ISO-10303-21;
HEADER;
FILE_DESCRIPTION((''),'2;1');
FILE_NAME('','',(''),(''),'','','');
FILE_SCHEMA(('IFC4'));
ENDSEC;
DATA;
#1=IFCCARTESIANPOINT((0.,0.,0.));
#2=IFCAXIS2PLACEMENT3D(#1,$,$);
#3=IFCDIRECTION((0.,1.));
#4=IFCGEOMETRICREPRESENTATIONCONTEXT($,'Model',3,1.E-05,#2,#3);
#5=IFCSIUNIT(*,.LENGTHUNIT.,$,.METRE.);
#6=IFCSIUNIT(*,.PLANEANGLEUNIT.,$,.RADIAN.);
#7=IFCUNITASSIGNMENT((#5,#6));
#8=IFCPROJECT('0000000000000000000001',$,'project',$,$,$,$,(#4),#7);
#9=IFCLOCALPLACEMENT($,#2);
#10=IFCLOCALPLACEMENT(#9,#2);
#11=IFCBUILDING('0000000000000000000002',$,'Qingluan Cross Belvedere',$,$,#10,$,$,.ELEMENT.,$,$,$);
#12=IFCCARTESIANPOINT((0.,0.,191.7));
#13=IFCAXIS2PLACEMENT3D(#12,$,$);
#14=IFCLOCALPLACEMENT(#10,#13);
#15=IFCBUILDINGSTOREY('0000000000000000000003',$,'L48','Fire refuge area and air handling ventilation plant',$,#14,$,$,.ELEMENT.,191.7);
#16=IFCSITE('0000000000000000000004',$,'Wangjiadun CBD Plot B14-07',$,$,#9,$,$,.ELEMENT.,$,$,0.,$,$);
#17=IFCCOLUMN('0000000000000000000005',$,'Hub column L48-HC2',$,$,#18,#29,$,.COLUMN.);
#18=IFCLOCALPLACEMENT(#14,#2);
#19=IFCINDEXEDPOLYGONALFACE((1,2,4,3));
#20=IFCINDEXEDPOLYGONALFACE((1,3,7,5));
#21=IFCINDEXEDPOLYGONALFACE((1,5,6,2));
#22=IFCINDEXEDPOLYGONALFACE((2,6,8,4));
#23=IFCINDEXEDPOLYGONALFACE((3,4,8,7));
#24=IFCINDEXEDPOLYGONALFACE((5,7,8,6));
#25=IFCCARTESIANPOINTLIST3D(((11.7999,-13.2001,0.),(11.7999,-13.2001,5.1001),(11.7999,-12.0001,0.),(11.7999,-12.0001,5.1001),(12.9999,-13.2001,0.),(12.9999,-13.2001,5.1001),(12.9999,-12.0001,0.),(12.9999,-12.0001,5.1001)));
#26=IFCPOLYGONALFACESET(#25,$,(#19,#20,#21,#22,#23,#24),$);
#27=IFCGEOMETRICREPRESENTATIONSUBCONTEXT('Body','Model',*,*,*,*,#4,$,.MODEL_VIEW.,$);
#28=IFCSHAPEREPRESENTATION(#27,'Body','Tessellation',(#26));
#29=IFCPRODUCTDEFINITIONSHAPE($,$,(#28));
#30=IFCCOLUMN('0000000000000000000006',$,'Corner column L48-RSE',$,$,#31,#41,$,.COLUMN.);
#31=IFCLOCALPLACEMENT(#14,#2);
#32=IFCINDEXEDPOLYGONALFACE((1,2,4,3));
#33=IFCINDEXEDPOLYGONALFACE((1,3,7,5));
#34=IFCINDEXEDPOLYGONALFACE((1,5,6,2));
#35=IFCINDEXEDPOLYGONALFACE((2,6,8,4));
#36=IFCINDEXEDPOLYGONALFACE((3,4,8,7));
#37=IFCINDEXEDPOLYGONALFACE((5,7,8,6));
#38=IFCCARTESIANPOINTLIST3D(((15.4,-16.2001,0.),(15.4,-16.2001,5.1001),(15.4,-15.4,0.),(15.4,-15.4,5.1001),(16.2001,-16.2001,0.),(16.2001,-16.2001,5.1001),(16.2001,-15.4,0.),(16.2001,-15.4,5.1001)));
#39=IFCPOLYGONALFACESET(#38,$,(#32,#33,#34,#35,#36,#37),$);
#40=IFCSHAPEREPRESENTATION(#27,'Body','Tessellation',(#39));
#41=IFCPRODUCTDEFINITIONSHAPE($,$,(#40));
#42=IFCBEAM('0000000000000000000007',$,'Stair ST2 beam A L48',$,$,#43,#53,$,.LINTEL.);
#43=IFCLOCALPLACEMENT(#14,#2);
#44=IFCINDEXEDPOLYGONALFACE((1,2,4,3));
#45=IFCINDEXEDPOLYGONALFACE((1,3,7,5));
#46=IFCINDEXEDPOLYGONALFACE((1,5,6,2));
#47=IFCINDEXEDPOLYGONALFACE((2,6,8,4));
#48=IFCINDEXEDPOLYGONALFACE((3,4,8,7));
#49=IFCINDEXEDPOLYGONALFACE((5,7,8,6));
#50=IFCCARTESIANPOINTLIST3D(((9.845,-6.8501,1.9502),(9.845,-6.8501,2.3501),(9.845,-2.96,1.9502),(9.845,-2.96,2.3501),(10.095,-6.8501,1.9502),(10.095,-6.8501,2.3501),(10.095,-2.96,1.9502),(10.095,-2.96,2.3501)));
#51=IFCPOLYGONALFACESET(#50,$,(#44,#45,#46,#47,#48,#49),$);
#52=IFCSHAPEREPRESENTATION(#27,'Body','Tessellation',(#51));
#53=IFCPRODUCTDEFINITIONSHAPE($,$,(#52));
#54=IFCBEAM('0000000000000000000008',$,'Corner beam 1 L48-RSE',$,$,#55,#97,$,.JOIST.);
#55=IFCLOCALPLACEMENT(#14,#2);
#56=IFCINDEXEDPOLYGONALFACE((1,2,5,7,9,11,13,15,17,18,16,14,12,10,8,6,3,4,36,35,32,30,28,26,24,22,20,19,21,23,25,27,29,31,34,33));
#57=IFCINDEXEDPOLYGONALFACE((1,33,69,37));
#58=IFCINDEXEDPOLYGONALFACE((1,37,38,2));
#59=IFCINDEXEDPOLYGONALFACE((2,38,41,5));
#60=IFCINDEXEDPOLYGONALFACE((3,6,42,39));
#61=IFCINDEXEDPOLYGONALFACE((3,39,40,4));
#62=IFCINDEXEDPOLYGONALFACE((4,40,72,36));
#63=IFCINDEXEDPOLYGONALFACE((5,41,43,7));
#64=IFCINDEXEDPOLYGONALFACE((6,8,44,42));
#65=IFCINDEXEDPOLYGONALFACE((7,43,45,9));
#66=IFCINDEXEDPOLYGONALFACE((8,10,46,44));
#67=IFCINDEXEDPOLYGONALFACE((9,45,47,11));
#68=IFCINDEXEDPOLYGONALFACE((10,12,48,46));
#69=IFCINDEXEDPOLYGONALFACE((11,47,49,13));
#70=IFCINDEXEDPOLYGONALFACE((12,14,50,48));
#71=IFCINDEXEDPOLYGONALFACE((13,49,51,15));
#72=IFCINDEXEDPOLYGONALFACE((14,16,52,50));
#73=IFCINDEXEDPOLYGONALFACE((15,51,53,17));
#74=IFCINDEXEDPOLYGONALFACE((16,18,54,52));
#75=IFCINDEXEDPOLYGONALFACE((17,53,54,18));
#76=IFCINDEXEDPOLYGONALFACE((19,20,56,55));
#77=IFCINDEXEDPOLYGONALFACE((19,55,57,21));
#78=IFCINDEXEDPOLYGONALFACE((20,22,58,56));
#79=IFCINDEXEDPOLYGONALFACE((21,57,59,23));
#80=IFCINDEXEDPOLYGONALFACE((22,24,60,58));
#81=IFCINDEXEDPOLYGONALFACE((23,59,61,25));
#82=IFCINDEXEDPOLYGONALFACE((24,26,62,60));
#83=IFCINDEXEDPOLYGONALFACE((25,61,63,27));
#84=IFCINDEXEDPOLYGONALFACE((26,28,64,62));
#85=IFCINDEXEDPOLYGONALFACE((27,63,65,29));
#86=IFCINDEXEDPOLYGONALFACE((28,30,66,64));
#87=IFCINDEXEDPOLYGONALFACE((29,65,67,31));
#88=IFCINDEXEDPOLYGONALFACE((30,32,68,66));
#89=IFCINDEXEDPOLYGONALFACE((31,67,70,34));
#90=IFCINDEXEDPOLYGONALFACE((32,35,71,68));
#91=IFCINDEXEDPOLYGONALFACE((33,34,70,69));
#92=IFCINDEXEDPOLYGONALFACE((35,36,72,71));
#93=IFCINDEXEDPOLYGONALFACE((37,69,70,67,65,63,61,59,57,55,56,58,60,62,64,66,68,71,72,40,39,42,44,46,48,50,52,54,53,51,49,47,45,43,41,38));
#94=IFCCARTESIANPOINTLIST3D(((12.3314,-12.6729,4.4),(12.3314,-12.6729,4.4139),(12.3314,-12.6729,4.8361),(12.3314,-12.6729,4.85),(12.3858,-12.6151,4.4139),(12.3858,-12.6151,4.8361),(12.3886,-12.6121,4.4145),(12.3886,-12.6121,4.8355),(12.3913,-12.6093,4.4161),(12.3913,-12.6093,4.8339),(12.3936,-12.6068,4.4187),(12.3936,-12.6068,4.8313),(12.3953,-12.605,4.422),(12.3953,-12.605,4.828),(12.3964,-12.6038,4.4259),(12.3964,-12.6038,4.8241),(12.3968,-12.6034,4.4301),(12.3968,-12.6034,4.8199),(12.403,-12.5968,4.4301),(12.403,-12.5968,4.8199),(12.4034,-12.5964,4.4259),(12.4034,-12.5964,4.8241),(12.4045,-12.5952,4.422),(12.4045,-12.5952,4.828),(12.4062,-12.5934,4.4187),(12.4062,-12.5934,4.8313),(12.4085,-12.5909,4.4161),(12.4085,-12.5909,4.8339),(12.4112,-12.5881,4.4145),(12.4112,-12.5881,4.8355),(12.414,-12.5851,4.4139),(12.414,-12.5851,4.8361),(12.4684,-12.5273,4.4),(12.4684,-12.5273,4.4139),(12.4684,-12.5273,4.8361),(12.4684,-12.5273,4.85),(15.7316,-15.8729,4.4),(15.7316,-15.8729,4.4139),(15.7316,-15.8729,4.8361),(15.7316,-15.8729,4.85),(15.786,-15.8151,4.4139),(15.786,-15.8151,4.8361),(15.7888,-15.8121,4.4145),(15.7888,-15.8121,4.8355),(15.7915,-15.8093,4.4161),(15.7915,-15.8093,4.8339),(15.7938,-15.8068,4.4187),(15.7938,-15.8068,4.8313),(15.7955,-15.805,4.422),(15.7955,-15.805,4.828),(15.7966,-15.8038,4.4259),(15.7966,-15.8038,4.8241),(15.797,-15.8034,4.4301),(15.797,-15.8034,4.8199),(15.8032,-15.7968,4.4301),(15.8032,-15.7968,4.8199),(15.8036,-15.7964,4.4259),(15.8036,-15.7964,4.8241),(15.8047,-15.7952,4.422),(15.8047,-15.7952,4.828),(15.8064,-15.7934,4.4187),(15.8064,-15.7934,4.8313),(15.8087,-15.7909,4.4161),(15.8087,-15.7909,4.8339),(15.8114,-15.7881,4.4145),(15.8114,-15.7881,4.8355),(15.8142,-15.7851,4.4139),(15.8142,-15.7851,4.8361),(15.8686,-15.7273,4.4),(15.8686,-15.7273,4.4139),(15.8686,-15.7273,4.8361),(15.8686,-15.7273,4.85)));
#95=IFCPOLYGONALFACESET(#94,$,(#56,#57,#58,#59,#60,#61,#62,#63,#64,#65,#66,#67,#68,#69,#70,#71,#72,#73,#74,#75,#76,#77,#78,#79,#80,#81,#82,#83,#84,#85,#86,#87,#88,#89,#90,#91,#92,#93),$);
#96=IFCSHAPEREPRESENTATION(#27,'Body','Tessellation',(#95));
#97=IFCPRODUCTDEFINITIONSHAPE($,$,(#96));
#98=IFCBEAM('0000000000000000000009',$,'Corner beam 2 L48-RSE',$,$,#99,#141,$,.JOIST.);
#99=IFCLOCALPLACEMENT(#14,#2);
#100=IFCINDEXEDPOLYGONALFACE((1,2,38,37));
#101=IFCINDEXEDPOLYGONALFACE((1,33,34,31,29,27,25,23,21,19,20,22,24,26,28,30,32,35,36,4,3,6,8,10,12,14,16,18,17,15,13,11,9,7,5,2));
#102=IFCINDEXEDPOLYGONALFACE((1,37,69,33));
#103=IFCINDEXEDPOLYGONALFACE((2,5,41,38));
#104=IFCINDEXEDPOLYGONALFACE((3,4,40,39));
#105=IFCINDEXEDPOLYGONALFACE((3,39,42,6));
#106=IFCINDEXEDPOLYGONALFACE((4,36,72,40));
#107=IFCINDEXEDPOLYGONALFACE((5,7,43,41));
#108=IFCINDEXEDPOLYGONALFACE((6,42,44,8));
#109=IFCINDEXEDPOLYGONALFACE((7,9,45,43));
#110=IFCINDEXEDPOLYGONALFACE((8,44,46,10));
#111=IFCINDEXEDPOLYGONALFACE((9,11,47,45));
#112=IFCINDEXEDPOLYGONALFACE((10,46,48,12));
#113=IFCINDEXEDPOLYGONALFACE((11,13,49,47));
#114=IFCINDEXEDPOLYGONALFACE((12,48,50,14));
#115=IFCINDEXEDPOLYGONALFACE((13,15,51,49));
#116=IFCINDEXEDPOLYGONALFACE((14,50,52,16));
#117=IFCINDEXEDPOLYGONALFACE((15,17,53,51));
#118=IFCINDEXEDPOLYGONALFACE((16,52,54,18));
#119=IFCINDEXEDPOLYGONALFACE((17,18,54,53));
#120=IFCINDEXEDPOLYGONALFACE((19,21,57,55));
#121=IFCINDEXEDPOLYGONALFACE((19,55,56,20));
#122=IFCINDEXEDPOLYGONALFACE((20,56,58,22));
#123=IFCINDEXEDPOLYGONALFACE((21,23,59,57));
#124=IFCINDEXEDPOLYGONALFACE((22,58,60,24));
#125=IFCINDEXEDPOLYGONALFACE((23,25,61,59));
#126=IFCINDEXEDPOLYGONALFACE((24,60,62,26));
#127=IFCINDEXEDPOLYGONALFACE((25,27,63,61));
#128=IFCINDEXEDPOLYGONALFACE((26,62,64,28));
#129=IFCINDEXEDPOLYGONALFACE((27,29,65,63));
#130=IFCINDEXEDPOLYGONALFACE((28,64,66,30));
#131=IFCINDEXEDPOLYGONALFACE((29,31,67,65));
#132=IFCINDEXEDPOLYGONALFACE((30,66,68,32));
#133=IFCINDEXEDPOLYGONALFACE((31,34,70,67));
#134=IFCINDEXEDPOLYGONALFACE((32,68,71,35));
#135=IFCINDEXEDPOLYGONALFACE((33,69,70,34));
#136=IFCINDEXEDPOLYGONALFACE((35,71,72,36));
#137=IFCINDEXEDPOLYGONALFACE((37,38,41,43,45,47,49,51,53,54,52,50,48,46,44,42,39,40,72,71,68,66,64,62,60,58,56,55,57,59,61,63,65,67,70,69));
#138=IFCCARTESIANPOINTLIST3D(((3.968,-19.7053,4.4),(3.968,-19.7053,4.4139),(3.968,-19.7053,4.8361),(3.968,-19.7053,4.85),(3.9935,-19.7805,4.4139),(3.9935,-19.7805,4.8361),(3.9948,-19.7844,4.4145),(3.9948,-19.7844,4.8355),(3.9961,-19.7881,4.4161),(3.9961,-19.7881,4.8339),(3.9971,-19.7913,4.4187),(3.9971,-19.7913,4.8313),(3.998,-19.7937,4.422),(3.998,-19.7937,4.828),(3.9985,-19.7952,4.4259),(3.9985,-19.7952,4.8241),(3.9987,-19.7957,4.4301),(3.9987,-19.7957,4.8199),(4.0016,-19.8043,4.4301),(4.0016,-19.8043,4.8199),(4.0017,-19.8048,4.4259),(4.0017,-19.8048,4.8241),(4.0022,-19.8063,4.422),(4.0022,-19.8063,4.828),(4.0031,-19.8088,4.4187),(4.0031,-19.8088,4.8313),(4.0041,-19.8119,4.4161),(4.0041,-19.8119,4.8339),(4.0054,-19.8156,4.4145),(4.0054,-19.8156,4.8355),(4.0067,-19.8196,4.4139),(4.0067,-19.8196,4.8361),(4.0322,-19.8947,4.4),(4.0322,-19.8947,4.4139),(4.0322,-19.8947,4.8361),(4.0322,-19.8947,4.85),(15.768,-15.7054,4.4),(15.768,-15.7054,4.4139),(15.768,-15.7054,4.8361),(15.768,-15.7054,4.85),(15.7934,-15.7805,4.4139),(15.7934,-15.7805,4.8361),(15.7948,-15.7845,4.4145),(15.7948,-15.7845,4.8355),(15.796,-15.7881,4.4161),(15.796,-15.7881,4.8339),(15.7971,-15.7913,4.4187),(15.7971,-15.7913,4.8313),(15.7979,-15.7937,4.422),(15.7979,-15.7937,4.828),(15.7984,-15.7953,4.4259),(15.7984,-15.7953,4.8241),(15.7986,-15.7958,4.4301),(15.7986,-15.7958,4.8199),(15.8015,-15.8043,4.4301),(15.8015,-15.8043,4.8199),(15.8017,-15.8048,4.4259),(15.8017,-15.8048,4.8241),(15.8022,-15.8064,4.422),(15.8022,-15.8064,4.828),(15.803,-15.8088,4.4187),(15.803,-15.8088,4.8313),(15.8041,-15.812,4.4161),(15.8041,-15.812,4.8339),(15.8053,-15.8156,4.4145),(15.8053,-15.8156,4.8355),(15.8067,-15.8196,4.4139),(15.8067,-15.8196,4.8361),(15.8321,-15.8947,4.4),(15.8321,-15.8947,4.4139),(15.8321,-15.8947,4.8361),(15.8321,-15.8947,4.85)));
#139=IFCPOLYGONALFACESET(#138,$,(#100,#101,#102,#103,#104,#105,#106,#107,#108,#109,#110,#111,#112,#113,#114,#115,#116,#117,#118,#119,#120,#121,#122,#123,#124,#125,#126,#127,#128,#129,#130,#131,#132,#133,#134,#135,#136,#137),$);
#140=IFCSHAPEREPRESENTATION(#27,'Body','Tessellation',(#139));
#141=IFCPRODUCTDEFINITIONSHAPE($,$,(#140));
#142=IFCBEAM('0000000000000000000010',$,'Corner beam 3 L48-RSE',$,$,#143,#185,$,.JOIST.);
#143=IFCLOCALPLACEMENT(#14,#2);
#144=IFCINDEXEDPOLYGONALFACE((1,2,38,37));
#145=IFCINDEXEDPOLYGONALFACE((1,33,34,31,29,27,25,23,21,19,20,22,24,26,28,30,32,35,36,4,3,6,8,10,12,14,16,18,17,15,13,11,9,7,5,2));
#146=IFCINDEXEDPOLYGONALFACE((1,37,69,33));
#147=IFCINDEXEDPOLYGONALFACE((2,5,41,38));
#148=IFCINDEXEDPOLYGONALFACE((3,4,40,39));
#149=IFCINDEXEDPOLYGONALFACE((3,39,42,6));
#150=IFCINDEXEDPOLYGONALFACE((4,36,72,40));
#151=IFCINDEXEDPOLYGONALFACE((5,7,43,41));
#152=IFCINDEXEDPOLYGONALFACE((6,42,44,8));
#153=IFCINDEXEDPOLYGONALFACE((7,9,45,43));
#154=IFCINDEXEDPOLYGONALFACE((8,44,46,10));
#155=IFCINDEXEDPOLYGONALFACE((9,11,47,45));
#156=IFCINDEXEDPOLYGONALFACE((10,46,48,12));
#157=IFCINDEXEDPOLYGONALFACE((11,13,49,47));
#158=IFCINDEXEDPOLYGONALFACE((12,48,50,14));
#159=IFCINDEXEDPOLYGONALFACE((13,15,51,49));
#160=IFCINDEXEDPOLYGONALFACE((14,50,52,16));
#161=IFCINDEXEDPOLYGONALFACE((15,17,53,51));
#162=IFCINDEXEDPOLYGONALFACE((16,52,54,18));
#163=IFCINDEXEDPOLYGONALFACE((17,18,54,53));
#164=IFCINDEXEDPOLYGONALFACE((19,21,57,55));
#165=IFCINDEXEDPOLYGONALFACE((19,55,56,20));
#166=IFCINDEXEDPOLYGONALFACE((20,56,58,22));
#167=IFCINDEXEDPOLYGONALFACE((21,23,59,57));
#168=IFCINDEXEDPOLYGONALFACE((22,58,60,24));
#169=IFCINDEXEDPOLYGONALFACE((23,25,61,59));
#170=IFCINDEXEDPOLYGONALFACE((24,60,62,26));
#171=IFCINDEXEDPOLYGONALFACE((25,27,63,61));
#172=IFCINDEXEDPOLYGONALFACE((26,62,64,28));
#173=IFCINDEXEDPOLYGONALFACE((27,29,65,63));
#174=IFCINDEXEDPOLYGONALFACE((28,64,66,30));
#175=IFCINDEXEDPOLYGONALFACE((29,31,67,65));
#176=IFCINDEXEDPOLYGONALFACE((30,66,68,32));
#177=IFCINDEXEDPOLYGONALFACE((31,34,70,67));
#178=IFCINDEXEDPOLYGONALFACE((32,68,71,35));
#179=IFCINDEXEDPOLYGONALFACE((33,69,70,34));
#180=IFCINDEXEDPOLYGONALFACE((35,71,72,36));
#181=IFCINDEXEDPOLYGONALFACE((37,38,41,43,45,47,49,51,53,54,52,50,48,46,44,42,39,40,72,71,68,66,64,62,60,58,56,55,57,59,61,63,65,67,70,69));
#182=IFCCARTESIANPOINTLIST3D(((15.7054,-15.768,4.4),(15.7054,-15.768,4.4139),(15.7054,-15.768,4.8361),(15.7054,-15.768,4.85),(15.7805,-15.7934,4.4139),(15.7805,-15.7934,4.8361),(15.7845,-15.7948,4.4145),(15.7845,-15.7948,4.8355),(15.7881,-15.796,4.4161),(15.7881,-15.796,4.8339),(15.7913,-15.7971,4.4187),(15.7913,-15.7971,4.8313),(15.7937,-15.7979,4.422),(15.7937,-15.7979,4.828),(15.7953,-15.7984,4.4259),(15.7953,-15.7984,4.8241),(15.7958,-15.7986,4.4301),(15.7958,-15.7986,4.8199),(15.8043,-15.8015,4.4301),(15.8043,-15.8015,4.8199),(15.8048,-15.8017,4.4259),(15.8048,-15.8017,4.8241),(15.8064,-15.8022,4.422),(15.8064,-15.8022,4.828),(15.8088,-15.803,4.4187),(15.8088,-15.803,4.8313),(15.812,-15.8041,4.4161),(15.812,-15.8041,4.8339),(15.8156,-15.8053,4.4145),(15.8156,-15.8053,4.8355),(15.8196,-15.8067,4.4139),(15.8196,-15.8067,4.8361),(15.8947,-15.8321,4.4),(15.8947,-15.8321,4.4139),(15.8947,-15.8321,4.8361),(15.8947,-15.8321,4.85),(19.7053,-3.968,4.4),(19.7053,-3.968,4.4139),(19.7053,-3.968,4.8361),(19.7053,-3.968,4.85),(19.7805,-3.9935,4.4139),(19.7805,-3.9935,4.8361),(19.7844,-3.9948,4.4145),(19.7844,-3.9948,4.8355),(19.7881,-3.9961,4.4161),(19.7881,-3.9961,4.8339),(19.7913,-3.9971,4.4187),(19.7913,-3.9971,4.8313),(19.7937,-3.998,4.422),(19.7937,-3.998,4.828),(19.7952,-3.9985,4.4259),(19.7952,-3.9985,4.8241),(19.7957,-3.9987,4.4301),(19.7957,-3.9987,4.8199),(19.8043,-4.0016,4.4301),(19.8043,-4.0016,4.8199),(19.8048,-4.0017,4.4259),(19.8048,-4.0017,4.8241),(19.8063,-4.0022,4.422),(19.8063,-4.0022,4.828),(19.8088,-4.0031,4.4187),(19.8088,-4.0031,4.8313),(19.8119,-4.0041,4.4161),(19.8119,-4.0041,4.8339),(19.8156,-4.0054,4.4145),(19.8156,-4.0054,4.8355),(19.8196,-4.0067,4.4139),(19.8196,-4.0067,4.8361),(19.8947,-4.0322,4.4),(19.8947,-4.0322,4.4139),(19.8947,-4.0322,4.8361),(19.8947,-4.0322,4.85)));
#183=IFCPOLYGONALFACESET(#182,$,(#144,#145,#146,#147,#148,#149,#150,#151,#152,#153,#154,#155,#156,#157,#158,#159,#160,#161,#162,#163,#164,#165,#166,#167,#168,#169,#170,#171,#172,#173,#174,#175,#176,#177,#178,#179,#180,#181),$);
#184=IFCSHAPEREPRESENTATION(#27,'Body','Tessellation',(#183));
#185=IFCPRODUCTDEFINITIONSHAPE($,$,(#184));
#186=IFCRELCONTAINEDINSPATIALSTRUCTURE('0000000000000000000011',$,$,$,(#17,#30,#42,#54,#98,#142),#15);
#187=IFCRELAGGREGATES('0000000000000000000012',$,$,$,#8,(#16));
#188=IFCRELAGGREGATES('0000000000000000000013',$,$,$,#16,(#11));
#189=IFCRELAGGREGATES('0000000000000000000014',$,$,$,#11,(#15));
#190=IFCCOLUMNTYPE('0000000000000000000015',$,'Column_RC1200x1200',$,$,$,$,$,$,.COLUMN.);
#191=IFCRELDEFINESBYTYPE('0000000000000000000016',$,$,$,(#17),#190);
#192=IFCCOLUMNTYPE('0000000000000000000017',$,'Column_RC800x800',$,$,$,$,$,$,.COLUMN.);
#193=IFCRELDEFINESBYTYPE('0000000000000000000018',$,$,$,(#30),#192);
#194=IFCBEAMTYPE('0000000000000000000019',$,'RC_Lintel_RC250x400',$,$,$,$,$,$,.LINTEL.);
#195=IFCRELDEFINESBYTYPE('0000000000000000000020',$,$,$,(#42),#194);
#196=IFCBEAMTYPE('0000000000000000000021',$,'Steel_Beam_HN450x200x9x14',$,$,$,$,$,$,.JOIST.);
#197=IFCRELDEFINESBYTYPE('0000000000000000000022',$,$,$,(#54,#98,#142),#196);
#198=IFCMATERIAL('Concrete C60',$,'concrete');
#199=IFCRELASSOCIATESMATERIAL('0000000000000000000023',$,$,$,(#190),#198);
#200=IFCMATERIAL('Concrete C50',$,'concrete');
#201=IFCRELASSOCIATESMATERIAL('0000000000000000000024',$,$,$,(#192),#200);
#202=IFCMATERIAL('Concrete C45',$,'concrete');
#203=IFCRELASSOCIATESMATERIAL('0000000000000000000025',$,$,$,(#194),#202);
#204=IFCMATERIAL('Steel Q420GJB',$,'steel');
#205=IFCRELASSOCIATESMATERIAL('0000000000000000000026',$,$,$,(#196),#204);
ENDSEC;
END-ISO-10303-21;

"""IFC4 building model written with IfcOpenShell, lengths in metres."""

from ifc_helpers import new_model, si_unit, direction, frame, origin, origin_2d, place, context, subcontext, project, spatial, rectangle, i_section, extrude, material, material_profile, profile_set, type_object, element, save


model = new_model("IFC4")

# Units and contexts
model_context = context("Model", 3, precision=1e-05, world=origin(), true_north=direction((0.0, 1.0)))
body_context = subcontext(model_context, "Body", "Model", "MODEL_VIEW")
ifc_project = project(units=[si_unit("LENGTHUNIT", "METRE"), si_unit("PLANEANGLEUNIT", "RADIAN")], contexts=[model_context])

# Site, building, storey
site_placement = place(None, origin())
site = spatial("IfcSite", under=ifc_project, at=site_placement, Name="Wangjiadun CBD Plot B14-07", CompositionType="ELEMENT", RefElevation=0.0)
building_placement = place(site_placement, origin())
building = spatial("IfcBuilding", under=site, at=building_placement, Name="Qingluan Cross Belvedere", CompositionType="ELEMENT")
storey_placement = place(building_placement, frame((0.0, 0.0, 191.7)))
storey = spatial("IfcBuildingStorey", under=building, at=storey_placement, Name="L48", Description="Fire refuge area and air handling ventilation plant", CompositionType="ELEMENT", Elevation=191.7)

# Columns
ifc_material_1 = material(Name="Concrete C60", Category="concrete")
ifc_material_profile_1 = material_profile(ifc_material_1, rectangle(XDim=1.2, YDim=1.2, at=origin_2d()), Name="RC1200x1200")
ifc_profile_set_1 = profile_set([ifc_material_profile_1], Name="Concrete C60")
column_type_1 = type_object("IfcColumnType", Name="Column_RC1200x1200", PredefinedType="COLUMN", material=ifc_profile_set_1)
column_1_placement = place(storey_placement, frame((12.3999, -12.6001, 0.0), z_axis=(0.0, 0.0, 1.0), x_axis=(1.0, 0.0, 0.0)))
element("IfcColumn", 1, at=column_1_placement, inside=storey, type_object=column_type_1, Name="Hub column L48-HC2", PredefinedType="COLUMN", context=body_context, shape_type="SweptSolid", body=[
    extrude(rectangle(XDim=1.2, YDim=1.2, at=origin_2d()), origin(), (0.0, 0.0, 1.0), 5.1001),
])
ifc_material_2 = material(Name="Concrete C50", Category="concrete")
ifc_material_profile_2 = material_profile(ifc_material_2, rectangle(XDim=0.8, YDim=0.8, at=origin_2d()), Name="RC800x800")
ifc_profile_set_2 = profile_set([ifc_material_profile_2], Name="Concrete C50")
column_type_2 = type_object("IfcColumnType", Name="Column_RC800x800", PredefinedType="COLUMN", material=ifc_profile_set_2)
column_2_placement = place(storey_placement, frame((15.8, -15.8, 0.0), z_axis=(0.0, 0.0, 1.0), x_axis=(1.0, 0.0, 0.0)))
element("IfcColumn", 2, at=column_2_placement, inside=storey, type_object=column_type_2, Name="Corner column L48-RSE", PredefinedType="COLUMN", context=body_context, shape_type="SweptSolid", body=[
    extrude(rectangle(XDim=0.8, YDim=0.8, at=origin_2d()), origin(), (0.0, 0.0, 1.0), 5.1001),
])

# Beams
ifc_material_3 = material(Name="Concrete C45", Category="concrete")
ifc_material_profile_3 = material_profile(ifc_material_3, rectangle(XDim=0.25, YDim=0.3999, at=origin_2d()), Name="RC250x400")
ifc_profile_set_3 = profile_set([ifc_material_profile_3], Name="Concrete C45")
beam_type_1 = type_object("IfcBeamType", Name="RC_Lintel_RC250x400", PredefinedType="LINTEL", material=ifc_profile_set_3)
beam_1_placement = place(storey_placement, frame((9.97, -6.8501, 2.1501), z_axis=(0.0, 1.0, 0.0), x_axis=(-1.0, 0.0, 0.0)))
element("IfcBeam", 3, at=beam_1_placement, inside=storey, type_object=beam_type_1, Name="Stair ST2 beam A L48", PredefinedType="LINTEL", context=body_context, shape_type="SweptSolid", body=[
    extrude(rectangle(XDim=0.25, YDim=0.3999, at=origin_2d()), origin(), (0.0, 0.0, 1.0), 3.8901),
])
ifc_material_4 = material(Name="Steel Q420GJB", Category="steel")
ifc_material_profile_4 = material_profile(ifc_material_4, i_section(OverallWidth=0.2, OverallDepth=0.45, WebThickness=0.009, FlangeThickness=0.0139, FilletRadius=0.0161, at=origin_2d()), Name="HN450x200x9x14")
ifc_profile_set_4 = profile_set([ifc_material_profile_4], Name="Steel Q420GJB")
beam_type_2 = type_object("IfcBeamType", Name="Steel_Beam_HN450x200x9x14", PredefinedType="JOIST", material=ifc_profile_set_4)
beam_2_placement = place(storey_placement, frame((12.3999, -12.6001, 4.625), z_axis=(0.72822, -0.685343, 0.0), x_axis=(0.685343, 0.72822, 0.0)))
element("IfcBeam", 4, at=beam_2_placement, inside=storey, type_object=beam_type_2, Name="Corner beam 1 L48-RSE", PredefinedType="JOIST", context=body_context, shape_type="SweptSolid", body=[
    extrude(i_section(OverallWidth=0.2, OverallDepth=0.45, WebThickness=0.009, FlangeThickness=0.0139, FilletRadius=0.0161, at=origin_2d()), origin(), (0.0, 0.0, 1.0), 4.6692),
])
for number, where, z_axis, x_axis, name in (
    (5, (15.8, -15.8, 4.625), (-0.947066, -0.321038, 0.0), (0.321038, -0.947066, 0.0), "Corner beam 2 L48-RSE"),
    (6, (15.8, -15.8, 4.625), (0.321038, 0.947066, 0.0), (-0.947066, 0.321038, 0.0), "Corner beam 3 L48-RSE"),
):
    element("IfcBeam", number, at=place(storey_placement, frame(where, z_axis=z_axis, x_axis=x_axis)), inside=storey, type_object=beam_type_2, Name=name, PredefinedType="JOIST", context=body_context, shape_type="SweptSolid", body=[
        extrude(i_section(OverallWidth=0.2, OverallDepth=0.45, WebThickness=0.009, FlangeThickness=0.0139, FilletRadius=0.0161, at=origin_2d()), origin(), (0.0, 0.0, 1.0), 12.4595),
    ])

save(model, "model.ifc")
